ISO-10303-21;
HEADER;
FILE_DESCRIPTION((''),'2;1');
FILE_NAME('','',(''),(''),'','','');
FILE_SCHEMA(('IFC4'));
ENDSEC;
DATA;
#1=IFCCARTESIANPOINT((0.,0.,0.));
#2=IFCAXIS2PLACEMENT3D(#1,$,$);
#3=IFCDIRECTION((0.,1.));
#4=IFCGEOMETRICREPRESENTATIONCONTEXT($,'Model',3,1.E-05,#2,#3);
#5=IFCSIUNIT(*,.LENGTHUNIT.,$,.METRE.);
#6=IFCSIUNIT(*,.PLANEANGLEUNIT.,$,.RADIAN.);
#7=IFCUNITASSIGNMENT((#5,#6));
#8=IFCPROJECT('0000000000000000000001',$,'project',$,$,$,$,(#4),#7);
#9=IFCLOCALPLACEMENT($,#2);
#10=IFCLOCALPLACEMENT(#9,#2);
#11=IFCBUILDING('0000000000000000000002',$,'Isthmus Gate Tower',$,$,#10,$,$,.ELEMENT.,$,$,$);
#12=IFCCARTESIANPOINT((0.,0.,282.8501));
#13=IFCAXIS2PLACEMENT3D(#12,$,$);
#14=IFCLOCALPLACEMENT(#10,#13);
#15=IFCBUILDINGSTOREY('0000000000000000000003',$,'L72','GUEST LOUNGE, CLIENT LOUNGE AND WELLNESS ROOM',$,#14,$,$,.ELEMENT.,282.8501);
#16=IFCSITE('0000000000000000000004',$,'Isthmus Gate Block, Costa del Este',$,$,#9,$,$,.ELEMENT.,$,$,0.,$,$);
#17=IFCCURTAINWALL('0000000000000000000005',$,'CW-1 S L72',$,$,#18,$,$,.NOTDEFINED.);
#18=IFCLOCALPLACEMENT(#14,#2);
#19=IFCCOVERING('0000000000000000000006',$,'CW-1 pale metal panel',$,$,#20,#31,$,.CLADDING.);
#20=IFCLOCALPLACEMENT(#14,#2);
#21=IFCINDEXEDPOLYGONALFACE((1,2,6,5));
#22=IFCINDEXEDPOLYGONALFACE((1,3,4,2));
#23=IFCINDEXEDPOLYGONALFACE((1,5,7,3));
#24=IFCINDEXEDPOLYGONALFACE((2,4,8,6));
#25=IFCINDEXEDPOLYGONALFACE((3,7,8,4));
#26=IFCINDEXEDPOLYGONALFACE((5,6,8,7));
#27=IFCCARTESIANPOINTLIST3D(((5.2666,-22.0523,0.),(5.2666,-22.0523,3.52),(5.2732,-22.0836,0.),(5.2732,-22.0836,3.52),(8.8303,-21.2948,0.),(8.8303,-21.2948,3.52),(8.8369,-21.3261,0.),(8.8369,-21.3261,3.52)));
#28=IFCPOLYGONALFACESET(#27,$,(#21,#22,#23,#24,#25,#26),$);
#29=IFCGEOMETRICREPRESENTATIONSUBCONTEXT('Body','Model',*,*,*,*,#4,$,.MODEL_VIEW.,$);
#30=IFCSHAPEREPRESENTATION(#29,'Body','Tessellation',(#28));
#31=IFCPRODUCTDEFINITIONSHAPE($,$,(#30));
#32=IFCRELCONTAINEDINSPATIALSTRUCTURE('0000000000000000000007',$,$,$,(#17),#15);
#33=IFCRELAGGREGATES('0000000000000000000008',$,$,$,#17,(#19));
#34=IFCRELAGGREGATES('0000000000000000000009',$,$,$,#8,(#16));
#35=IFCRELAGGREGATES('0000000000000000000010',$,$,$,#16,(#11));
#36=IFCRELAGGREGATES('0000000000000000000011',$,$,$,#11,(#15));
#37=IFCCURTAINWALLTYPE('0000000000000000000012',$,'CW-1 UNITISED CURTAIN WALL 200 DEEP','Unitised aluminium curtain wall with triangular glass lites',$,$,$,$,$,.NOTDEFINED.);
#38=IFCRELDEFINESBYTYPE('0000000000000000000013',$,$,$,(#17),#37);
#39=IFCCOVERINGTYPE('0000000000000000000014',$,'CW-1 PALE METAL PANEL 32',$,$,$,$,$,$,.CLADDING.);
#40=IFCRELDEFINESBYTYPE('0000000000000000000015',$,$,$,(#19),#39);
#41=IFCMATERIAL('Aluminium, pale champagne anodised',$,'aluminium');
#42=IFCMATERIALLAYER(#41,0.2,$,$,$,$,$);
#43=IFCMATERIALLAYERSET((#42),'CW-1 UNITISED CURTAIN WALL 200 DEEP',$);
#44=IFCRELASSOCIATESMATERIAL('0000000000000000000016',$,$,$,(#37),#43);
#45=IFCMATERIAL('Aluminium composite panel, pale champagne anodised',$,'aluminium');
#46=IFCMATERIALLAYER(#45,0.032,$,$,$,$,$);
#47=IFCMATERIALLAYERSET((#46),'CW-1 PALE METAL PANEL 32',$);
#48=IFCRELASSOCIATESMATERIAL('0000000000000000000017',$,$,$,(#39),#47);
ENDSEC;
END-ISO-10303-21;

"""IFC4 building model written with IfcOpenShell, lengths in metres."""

from ifc_helpers import new_model, si_unit, direction, frame, origin, origin_2d, place, context, subcontext, project, spatial, rectangle, extrude, material, layer, layer_set, type_object, element, aggregate, save


model = new_model("IFC4")

# Units and contexts
model_context = context("Model", 3, precision=1e-05, world=origin(), true_north=direction((0.0, 1.0)))
body_context = subcontext(model_context, "Body", "Model", "MODEL_VIEW")
ifc_project = project(units=[si_unit("LENGTHUNIT", "METRE"), si_unit("PLANEANGLEUNIT", "RADIAN")], contexts=[model_context])

# Site, building, storey
site_placement = place(None, origin())
site = spatial("IfcSite", under=ifc_project, at=site_placement, Name="Isthmus Gate Block, Costa del Este", CompositionType="ELEMENT", RefElevation=0.0)
building_placement = place(site_placement, origin())
building = spatial("IfcBuilding", under=site, at=building_placement, Name="Isthmus Gate Tower", CompositionType="ELEMENT")
storey_placement = place(building_placement, frame((0.0, 0.0, 282.8501)))
storey = spatial("IfcBuildingStorey", under=building, at=storey_placement, Name="L72", Description="GUEST LOUNGE, CLIENT LOUNGE AND WELLNESS ROOM", CompositionType="ELEMENT", Elevation=282.8501)

# Curtain wall
ifc_material_1 = material(Name="Aluminium, pale champagne anodised", Category="aluminium")
ifc_layer_1 = layer(ifc_material_1, 0.2)
ifc_layer_set_1 = layer_set([ifc_layer_1], Name="CW-1 UNITISED CURTAIN WALL 200 DEEP")
curtain_wall_type = type_object("IfcCurtainWallType", Name="CW-1 UNITISED CURTAIN WALL 200 DEEP", Description="Unitised aluminium curtain wall with triangular glass lites", PredefinedType="NOTDEFINED", material=ifc_layer_set_1)
curtain_wall_placement = place(storey_placement, origin())
curtain_wall = element("IfcCurtainWall", 1, at=curtain_wall_placement, inside=storey, type_object=curtain_wall_type, Name="CW-1 S L72", PredefinedType="NOTDEFINED")

# Covering
ifc_material_2 = material(Name="Aluminium composite panel, pale champagne anodised", Category="aluminium")
ifc_layer_2 = layer(ifc_material_2, 0.032)
ifc_layer_set_2 = layer_set([ifc_layer_2], Name="CW-1 PALE METAL PANEL 32")
covering_type = type_object("IfcCoveringType", Name="CW-1 PALE METAL PANEL 32", PredefinedType="CLADDING", material=ifc_layer_set_2)
covering_1_placement = place(storey_placement, frame((7.0518, -21.6892, 0.0), z_axis=(0.0, 0.0, 1.0), x_axis=(0.978148, 0.207912, 0.0)))
covering_1 = element("IfcCovering", 2, at=covering_1_placement, type_object=covering_type, Name="CW-1 pale metal panel", PredefinedType="CLADDING", context=body_context, shape_type="SweptSolid", body=[
    extrude(rectangle(XDim=3.6433, YDim=0.032, at=origin_2d()), origin(), (0.0, 0.0, 1.0), 3.52),
])
aggregate(curtain_wall, [covering_1])

save(model, "model.ifc")
